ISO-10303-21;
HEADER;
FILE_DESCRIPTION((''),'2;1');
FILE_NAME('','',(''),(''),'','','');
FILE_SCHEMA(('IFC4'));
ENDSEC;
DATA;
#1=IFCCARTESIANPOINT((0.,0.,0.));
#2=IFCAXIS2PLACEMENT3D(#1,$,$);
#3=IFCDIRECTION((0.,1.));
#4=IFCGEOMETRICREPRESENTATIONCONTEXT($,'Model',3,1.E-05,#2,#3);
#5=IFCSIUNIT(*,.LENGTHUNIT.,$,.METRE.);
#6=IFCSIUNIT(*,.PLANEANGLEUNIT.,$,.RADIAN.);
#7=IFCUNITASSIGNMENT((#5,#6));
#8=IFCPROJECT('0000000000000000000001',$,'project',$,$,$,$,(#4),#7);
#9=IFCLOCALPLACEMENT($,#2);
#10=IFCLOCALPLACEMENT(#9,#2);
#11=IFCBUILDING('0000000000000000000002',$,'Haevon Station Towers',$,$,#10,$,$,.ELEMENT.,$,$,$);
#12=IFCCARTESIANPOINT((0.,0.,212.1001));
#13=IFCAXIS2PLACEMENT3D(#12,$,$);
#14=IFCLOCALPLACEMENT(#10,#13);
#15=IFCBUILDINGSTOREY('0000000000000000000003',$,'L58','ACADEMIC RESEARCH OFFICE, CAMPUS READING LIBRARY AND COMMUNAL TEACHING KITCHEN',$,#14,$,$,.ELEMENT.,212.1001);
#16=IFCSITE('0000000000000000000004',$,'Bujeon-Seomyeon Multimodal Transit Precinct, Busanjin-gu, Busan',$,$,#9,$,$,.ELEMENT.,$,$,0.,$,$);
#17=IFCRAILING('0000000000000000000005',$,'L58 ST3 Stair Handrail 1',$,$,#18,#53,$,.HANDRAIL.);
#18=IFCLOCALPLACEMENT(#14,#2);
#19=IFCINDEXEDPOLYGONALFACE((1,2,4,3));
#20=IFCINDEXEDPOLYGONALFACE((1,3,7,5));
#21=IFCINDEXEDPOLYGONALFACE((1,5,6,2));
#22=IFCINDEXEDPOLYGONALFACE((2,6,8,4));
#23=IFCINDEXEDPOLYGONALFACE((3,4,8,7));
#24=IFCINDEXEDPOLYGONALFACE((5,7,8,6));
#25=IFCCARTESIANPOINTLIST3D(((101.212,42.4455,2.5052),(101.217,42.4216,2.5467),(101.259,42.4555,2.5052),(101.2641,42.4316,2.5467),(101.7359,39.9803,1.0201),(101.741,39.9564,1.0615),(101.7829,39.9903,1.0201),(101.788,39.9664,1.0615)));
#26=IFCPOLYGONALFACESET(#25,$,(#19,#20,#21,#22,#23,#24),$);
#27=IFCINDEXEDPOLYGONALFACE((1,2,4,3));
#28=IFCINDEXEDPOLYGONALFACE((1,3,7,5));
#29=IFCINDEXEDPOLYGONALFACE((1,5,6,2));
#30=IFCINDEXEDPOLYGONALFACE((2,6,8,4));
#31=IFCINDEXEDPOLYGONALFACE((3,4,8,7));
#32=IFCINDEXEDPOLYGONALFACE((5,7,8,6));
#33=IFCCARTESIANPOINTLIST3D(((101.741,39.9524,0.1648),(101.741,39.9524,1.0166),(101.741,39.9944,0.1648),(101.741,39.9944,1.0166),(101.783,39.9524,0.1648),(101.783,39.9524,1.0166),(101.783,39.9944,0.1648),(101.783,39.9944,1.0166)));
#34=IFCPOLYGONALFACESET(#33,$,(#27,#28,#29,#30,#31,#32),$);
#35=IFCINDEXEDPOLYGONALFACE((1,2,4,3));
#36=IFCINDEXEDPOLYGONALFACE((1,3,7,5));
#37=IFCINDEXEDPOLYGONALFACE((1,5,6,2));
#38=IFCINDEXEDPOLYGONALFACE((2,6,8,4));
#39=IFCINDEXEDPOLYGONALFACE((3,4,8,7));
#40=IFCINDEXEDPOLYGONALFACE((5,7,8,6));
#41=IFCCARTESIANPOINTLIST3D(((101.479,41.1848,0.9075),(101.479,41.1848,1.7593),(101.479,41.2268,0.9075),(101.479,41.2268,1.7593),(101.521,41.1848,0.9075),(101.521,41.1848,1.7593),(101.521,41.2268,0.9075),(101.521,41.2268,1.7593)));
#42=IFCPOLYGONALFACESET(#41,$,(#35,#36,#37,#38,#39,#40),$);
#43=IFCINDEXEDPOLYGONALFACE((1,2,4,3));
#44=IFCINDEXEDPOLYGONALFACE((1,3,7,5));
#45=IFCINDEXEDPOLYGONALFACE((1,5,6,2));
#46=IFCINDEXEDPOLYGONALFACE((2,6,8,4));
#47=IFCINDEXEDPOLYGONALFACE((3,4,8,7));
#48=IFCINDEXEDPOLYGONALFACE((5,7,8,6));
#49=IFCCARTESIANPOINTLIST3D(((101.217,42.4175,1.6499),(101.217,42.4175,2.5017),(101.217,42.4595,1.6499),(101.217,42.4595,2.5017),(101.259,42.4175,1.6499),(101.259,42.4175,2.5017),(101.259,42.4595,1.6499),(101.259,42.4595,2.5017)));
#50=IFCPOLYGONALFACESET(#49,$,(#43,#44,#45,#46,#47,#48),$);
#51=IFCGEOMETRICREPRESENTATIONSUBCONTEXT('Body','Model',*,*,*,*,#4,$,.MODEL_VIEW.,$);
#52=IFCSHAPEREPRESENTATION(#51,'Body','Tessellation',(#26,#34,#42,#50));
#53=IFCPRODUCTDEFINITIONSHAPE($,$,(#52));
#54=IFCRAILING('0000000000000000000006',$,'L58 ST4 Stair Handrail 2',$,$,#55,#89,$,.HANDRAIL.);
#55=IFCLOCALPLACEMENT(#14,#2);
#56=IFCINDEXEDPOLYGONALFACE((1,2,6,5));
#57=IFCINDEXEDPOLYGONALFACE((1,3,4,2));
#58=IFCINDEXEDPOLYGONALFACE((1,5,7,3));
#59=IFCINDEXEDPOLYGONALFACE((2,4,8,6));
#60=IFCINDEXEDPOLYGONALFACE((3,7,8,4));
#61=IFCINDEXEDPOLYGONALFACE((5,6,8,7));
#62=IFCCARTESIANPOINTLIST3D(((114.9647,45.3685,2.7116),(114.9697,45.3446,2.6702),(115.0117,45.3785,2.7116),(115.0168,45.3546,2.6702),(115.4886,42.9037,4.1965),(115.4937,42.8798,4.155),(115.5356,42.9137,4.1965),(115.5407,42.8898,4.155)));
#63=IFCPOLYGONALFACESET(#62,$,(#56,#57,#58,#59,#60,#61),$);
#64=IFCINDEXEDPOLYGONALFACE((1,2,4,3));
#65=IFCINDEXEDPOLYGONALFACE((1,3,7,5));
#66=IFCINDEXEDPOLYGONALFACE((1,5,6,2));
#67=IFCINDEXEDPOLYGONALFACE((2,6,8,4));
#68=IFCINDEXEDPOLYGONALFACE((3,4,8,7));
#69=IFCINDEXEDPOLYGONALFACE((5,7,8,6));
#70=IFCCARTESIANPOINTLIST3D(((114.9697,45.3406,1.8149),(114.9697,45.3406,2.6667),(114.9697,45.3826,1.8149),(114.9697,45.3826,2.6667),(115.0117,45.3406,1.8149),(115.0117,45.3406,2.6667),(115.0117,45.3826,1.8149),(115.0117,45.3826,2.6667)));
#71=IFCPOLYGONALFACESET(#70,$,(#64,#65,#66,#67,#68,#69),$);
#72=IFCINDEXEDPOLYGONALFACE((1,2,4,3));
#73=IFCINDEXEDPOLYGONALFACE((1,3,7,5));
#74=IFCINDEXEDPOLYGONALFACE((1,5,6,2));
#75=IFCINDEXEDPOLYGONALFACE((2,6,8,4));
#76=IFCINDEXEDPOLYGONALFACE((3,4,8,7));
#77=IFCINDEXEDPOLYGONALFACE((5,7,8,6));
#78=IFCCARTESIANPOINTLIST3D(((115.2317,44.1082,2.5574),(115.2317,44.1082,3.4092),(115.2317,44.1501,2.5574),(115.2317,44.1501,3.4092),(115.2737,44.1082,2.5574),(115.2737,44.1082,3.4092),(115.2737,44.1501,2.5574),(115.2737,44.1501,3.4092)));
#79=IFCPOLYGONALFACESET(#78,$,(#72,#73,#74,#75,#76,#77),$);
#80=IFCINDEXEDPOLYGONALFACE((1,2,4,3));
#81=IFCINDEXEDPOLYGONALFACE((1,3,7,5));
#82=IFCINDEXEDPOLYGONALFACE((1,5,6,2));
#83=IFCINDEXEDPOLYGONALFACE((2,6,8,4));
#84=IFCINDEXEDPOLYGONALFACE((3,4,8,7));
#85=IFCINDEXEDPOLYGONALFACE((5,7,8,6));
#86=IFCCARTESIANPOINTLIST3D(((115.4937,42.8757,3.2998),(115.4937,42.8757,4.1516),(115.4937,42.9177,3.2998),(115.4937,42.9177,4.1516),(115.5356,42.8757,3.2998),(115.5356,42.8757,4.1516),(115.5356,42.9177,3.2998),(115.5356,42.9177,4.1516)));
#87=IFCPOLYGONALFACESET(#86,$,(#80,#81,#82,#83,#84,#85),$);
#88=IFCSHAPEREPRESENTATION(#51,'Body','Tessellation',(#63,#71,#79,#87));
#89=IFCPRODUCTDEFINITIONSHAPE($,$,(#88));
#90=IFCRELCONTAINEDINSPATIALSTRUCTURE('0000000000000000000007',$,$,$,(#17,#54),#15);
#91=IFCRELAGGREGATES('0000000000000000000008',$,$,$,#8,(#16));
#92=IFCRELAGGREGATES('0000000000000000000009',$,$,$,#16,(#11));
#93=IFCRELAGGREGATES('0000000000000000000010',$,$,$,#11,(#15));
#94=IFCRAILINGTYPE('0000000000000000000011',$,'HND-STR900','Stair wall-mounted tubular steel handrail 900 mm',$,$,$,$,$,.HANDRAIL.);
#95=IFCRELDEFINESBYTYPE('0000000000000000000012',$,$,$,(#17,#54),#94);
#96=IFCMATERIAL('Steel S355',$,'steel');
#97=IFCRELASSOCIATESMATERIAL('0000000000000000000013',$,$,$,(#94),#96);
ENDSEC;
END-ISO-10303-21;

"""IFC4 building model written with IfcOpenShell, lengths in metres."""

from ifc_helpers import new_model, si_unit, direction, frame, origin, origin_2d, place, context, subcontext, project, spatial, rectangle, extrude, material, type_object, element, save


model = new_model("IFC4")

# Units and contexts
model_context = context("Model", 3, precision=1e-05, world=origin(), true_north=direction((0.0, 1.0)))
body_context = subcontext(model_context, "Body", "Model", "MODEL_VIEW")
ifc_project = project(units=[si_unit("LENGTHUNIT", "METRE"), si_unit("PLANEANGLEUNIT", "RADIAN")], contexts=[model_context])

# Site, building, storey
site_placement = place(None, origin())
site = spatial("IfcSite", under=ifc_project, at=site_placement, Name="Bujeon-Seomyeon Multimodal Transit Precinct, Busanjin-gu, Busan", CompositionType="ELEMENT", RefElevation=0.0)
building_placement = place(site_placement, origin())
building = spatial("IfcBuilding", under=site, at=building_placement, Name="Haevon Station Towers", CompositionType="ELEMENT")
storey_placement = place(building_placement, frame((0.0, 0.0, 212.1001)))
storey = spatial("IfcBuildingStorey", under=building, at=storey_placement, Name="L58", Description="ACADEMIC RESEARCH OFFICE, CAMPUS READING LIBRARY AND COMMUNAL TEACHING KITCHEN", CompositionType="ELEMENT", Elevation=212.1001)

# Shared definitions
ifc_material_1 = material(Name="Steel S355", Category="steel")

# Railings
railing_type_1 = type_object("IfcRailingType", Name="HND-STR900", Description="Stair wall-mounted tubular steel handrail 900 mm", PredefinedType="HANDRAIL", material=ifc_material_1)
railing_1_placement = place(storey_placement, frame((101.762, 39.9734, 0.1648)))
element("IfcRailing", 1, at=railing_1_placement, inside=storey, type_object=railing_type_1, Name="L58 ST3 Stair Handrail 1", PredefinedType="HANDRAIL", context=body_context, shape_type="SweptSolid", body=[
    extrude(rectangle(XDim=0.0481, YDim=0.0481, at=origin_2d()), frame((0.0, 0.0, 0.876), z_axis=(-0.179109, 0.842712, 0.507697), x_axis=(-0.978151, -0.207895, 0.0)), (0.0, 0.0, 1.0), 2.9253),
    extrude(rectangle(XDim=0.042, YDim=0.042, at=origin_2d()), origin(), (0.0, 0.0, 1.0), 0.8518),
    extrude(rectangle(XDim=0.042, YDim=0.042, at=origin_2d()), frame((-0.262, 1.2324, 0.7427)), (0.0, 0.0, 1.0), 0.8518),
    extrude(rectangle(XDim=0.042, YDim=0.042, at=origin_2d()), frame((-0.5239, 2.4651, 1.4851)), (0.0, 0.0, 1.0), 0.8518),
])
railing_2_placement = place(storey_placement, frame((114.9907, 45.3616, 1.8149)))
element("IfcRailing", 2, at=railing_2_placement, inside=storey, type_object=railing_type_1, Name="L58 ST4 Stair Handrail 2", PredefinedType="HANDRAIL", context=body_context, shape_type="SweptSolid", body=[
    extrude(rectangle(XDim=0.0481, YDim=0.0481, at=origin_2d()), frame((0.0, 0.0, 0.876), z_axis=(0.179129, -0.842724, 0.507671), x_axis=(0.978147, 0.207914, 0.0)), (0.0, 0.0, 1.0), 2.9248),
    extrude(rectangle(XDim=0.042, YDim=0.042, at=origin_2d()), origin(), (0.0, 0.0, 1.0), 0.8518),
    extrude(rectangle(XDim=0.042, YDim=0.042, at=origin_2d()), frame((0.262, -1.2324, 0.7424)), (0.0, 0.0, 1.0), 0.8518),
    extrude(rectangle(XDim=0.042, YDim=0.042, at=origin_2d()), frame((0.5239, -2.4648, 1.4849)), (0.0, 0.0, 1.0), 0.8518),
])

save(model, "model.ifc")
